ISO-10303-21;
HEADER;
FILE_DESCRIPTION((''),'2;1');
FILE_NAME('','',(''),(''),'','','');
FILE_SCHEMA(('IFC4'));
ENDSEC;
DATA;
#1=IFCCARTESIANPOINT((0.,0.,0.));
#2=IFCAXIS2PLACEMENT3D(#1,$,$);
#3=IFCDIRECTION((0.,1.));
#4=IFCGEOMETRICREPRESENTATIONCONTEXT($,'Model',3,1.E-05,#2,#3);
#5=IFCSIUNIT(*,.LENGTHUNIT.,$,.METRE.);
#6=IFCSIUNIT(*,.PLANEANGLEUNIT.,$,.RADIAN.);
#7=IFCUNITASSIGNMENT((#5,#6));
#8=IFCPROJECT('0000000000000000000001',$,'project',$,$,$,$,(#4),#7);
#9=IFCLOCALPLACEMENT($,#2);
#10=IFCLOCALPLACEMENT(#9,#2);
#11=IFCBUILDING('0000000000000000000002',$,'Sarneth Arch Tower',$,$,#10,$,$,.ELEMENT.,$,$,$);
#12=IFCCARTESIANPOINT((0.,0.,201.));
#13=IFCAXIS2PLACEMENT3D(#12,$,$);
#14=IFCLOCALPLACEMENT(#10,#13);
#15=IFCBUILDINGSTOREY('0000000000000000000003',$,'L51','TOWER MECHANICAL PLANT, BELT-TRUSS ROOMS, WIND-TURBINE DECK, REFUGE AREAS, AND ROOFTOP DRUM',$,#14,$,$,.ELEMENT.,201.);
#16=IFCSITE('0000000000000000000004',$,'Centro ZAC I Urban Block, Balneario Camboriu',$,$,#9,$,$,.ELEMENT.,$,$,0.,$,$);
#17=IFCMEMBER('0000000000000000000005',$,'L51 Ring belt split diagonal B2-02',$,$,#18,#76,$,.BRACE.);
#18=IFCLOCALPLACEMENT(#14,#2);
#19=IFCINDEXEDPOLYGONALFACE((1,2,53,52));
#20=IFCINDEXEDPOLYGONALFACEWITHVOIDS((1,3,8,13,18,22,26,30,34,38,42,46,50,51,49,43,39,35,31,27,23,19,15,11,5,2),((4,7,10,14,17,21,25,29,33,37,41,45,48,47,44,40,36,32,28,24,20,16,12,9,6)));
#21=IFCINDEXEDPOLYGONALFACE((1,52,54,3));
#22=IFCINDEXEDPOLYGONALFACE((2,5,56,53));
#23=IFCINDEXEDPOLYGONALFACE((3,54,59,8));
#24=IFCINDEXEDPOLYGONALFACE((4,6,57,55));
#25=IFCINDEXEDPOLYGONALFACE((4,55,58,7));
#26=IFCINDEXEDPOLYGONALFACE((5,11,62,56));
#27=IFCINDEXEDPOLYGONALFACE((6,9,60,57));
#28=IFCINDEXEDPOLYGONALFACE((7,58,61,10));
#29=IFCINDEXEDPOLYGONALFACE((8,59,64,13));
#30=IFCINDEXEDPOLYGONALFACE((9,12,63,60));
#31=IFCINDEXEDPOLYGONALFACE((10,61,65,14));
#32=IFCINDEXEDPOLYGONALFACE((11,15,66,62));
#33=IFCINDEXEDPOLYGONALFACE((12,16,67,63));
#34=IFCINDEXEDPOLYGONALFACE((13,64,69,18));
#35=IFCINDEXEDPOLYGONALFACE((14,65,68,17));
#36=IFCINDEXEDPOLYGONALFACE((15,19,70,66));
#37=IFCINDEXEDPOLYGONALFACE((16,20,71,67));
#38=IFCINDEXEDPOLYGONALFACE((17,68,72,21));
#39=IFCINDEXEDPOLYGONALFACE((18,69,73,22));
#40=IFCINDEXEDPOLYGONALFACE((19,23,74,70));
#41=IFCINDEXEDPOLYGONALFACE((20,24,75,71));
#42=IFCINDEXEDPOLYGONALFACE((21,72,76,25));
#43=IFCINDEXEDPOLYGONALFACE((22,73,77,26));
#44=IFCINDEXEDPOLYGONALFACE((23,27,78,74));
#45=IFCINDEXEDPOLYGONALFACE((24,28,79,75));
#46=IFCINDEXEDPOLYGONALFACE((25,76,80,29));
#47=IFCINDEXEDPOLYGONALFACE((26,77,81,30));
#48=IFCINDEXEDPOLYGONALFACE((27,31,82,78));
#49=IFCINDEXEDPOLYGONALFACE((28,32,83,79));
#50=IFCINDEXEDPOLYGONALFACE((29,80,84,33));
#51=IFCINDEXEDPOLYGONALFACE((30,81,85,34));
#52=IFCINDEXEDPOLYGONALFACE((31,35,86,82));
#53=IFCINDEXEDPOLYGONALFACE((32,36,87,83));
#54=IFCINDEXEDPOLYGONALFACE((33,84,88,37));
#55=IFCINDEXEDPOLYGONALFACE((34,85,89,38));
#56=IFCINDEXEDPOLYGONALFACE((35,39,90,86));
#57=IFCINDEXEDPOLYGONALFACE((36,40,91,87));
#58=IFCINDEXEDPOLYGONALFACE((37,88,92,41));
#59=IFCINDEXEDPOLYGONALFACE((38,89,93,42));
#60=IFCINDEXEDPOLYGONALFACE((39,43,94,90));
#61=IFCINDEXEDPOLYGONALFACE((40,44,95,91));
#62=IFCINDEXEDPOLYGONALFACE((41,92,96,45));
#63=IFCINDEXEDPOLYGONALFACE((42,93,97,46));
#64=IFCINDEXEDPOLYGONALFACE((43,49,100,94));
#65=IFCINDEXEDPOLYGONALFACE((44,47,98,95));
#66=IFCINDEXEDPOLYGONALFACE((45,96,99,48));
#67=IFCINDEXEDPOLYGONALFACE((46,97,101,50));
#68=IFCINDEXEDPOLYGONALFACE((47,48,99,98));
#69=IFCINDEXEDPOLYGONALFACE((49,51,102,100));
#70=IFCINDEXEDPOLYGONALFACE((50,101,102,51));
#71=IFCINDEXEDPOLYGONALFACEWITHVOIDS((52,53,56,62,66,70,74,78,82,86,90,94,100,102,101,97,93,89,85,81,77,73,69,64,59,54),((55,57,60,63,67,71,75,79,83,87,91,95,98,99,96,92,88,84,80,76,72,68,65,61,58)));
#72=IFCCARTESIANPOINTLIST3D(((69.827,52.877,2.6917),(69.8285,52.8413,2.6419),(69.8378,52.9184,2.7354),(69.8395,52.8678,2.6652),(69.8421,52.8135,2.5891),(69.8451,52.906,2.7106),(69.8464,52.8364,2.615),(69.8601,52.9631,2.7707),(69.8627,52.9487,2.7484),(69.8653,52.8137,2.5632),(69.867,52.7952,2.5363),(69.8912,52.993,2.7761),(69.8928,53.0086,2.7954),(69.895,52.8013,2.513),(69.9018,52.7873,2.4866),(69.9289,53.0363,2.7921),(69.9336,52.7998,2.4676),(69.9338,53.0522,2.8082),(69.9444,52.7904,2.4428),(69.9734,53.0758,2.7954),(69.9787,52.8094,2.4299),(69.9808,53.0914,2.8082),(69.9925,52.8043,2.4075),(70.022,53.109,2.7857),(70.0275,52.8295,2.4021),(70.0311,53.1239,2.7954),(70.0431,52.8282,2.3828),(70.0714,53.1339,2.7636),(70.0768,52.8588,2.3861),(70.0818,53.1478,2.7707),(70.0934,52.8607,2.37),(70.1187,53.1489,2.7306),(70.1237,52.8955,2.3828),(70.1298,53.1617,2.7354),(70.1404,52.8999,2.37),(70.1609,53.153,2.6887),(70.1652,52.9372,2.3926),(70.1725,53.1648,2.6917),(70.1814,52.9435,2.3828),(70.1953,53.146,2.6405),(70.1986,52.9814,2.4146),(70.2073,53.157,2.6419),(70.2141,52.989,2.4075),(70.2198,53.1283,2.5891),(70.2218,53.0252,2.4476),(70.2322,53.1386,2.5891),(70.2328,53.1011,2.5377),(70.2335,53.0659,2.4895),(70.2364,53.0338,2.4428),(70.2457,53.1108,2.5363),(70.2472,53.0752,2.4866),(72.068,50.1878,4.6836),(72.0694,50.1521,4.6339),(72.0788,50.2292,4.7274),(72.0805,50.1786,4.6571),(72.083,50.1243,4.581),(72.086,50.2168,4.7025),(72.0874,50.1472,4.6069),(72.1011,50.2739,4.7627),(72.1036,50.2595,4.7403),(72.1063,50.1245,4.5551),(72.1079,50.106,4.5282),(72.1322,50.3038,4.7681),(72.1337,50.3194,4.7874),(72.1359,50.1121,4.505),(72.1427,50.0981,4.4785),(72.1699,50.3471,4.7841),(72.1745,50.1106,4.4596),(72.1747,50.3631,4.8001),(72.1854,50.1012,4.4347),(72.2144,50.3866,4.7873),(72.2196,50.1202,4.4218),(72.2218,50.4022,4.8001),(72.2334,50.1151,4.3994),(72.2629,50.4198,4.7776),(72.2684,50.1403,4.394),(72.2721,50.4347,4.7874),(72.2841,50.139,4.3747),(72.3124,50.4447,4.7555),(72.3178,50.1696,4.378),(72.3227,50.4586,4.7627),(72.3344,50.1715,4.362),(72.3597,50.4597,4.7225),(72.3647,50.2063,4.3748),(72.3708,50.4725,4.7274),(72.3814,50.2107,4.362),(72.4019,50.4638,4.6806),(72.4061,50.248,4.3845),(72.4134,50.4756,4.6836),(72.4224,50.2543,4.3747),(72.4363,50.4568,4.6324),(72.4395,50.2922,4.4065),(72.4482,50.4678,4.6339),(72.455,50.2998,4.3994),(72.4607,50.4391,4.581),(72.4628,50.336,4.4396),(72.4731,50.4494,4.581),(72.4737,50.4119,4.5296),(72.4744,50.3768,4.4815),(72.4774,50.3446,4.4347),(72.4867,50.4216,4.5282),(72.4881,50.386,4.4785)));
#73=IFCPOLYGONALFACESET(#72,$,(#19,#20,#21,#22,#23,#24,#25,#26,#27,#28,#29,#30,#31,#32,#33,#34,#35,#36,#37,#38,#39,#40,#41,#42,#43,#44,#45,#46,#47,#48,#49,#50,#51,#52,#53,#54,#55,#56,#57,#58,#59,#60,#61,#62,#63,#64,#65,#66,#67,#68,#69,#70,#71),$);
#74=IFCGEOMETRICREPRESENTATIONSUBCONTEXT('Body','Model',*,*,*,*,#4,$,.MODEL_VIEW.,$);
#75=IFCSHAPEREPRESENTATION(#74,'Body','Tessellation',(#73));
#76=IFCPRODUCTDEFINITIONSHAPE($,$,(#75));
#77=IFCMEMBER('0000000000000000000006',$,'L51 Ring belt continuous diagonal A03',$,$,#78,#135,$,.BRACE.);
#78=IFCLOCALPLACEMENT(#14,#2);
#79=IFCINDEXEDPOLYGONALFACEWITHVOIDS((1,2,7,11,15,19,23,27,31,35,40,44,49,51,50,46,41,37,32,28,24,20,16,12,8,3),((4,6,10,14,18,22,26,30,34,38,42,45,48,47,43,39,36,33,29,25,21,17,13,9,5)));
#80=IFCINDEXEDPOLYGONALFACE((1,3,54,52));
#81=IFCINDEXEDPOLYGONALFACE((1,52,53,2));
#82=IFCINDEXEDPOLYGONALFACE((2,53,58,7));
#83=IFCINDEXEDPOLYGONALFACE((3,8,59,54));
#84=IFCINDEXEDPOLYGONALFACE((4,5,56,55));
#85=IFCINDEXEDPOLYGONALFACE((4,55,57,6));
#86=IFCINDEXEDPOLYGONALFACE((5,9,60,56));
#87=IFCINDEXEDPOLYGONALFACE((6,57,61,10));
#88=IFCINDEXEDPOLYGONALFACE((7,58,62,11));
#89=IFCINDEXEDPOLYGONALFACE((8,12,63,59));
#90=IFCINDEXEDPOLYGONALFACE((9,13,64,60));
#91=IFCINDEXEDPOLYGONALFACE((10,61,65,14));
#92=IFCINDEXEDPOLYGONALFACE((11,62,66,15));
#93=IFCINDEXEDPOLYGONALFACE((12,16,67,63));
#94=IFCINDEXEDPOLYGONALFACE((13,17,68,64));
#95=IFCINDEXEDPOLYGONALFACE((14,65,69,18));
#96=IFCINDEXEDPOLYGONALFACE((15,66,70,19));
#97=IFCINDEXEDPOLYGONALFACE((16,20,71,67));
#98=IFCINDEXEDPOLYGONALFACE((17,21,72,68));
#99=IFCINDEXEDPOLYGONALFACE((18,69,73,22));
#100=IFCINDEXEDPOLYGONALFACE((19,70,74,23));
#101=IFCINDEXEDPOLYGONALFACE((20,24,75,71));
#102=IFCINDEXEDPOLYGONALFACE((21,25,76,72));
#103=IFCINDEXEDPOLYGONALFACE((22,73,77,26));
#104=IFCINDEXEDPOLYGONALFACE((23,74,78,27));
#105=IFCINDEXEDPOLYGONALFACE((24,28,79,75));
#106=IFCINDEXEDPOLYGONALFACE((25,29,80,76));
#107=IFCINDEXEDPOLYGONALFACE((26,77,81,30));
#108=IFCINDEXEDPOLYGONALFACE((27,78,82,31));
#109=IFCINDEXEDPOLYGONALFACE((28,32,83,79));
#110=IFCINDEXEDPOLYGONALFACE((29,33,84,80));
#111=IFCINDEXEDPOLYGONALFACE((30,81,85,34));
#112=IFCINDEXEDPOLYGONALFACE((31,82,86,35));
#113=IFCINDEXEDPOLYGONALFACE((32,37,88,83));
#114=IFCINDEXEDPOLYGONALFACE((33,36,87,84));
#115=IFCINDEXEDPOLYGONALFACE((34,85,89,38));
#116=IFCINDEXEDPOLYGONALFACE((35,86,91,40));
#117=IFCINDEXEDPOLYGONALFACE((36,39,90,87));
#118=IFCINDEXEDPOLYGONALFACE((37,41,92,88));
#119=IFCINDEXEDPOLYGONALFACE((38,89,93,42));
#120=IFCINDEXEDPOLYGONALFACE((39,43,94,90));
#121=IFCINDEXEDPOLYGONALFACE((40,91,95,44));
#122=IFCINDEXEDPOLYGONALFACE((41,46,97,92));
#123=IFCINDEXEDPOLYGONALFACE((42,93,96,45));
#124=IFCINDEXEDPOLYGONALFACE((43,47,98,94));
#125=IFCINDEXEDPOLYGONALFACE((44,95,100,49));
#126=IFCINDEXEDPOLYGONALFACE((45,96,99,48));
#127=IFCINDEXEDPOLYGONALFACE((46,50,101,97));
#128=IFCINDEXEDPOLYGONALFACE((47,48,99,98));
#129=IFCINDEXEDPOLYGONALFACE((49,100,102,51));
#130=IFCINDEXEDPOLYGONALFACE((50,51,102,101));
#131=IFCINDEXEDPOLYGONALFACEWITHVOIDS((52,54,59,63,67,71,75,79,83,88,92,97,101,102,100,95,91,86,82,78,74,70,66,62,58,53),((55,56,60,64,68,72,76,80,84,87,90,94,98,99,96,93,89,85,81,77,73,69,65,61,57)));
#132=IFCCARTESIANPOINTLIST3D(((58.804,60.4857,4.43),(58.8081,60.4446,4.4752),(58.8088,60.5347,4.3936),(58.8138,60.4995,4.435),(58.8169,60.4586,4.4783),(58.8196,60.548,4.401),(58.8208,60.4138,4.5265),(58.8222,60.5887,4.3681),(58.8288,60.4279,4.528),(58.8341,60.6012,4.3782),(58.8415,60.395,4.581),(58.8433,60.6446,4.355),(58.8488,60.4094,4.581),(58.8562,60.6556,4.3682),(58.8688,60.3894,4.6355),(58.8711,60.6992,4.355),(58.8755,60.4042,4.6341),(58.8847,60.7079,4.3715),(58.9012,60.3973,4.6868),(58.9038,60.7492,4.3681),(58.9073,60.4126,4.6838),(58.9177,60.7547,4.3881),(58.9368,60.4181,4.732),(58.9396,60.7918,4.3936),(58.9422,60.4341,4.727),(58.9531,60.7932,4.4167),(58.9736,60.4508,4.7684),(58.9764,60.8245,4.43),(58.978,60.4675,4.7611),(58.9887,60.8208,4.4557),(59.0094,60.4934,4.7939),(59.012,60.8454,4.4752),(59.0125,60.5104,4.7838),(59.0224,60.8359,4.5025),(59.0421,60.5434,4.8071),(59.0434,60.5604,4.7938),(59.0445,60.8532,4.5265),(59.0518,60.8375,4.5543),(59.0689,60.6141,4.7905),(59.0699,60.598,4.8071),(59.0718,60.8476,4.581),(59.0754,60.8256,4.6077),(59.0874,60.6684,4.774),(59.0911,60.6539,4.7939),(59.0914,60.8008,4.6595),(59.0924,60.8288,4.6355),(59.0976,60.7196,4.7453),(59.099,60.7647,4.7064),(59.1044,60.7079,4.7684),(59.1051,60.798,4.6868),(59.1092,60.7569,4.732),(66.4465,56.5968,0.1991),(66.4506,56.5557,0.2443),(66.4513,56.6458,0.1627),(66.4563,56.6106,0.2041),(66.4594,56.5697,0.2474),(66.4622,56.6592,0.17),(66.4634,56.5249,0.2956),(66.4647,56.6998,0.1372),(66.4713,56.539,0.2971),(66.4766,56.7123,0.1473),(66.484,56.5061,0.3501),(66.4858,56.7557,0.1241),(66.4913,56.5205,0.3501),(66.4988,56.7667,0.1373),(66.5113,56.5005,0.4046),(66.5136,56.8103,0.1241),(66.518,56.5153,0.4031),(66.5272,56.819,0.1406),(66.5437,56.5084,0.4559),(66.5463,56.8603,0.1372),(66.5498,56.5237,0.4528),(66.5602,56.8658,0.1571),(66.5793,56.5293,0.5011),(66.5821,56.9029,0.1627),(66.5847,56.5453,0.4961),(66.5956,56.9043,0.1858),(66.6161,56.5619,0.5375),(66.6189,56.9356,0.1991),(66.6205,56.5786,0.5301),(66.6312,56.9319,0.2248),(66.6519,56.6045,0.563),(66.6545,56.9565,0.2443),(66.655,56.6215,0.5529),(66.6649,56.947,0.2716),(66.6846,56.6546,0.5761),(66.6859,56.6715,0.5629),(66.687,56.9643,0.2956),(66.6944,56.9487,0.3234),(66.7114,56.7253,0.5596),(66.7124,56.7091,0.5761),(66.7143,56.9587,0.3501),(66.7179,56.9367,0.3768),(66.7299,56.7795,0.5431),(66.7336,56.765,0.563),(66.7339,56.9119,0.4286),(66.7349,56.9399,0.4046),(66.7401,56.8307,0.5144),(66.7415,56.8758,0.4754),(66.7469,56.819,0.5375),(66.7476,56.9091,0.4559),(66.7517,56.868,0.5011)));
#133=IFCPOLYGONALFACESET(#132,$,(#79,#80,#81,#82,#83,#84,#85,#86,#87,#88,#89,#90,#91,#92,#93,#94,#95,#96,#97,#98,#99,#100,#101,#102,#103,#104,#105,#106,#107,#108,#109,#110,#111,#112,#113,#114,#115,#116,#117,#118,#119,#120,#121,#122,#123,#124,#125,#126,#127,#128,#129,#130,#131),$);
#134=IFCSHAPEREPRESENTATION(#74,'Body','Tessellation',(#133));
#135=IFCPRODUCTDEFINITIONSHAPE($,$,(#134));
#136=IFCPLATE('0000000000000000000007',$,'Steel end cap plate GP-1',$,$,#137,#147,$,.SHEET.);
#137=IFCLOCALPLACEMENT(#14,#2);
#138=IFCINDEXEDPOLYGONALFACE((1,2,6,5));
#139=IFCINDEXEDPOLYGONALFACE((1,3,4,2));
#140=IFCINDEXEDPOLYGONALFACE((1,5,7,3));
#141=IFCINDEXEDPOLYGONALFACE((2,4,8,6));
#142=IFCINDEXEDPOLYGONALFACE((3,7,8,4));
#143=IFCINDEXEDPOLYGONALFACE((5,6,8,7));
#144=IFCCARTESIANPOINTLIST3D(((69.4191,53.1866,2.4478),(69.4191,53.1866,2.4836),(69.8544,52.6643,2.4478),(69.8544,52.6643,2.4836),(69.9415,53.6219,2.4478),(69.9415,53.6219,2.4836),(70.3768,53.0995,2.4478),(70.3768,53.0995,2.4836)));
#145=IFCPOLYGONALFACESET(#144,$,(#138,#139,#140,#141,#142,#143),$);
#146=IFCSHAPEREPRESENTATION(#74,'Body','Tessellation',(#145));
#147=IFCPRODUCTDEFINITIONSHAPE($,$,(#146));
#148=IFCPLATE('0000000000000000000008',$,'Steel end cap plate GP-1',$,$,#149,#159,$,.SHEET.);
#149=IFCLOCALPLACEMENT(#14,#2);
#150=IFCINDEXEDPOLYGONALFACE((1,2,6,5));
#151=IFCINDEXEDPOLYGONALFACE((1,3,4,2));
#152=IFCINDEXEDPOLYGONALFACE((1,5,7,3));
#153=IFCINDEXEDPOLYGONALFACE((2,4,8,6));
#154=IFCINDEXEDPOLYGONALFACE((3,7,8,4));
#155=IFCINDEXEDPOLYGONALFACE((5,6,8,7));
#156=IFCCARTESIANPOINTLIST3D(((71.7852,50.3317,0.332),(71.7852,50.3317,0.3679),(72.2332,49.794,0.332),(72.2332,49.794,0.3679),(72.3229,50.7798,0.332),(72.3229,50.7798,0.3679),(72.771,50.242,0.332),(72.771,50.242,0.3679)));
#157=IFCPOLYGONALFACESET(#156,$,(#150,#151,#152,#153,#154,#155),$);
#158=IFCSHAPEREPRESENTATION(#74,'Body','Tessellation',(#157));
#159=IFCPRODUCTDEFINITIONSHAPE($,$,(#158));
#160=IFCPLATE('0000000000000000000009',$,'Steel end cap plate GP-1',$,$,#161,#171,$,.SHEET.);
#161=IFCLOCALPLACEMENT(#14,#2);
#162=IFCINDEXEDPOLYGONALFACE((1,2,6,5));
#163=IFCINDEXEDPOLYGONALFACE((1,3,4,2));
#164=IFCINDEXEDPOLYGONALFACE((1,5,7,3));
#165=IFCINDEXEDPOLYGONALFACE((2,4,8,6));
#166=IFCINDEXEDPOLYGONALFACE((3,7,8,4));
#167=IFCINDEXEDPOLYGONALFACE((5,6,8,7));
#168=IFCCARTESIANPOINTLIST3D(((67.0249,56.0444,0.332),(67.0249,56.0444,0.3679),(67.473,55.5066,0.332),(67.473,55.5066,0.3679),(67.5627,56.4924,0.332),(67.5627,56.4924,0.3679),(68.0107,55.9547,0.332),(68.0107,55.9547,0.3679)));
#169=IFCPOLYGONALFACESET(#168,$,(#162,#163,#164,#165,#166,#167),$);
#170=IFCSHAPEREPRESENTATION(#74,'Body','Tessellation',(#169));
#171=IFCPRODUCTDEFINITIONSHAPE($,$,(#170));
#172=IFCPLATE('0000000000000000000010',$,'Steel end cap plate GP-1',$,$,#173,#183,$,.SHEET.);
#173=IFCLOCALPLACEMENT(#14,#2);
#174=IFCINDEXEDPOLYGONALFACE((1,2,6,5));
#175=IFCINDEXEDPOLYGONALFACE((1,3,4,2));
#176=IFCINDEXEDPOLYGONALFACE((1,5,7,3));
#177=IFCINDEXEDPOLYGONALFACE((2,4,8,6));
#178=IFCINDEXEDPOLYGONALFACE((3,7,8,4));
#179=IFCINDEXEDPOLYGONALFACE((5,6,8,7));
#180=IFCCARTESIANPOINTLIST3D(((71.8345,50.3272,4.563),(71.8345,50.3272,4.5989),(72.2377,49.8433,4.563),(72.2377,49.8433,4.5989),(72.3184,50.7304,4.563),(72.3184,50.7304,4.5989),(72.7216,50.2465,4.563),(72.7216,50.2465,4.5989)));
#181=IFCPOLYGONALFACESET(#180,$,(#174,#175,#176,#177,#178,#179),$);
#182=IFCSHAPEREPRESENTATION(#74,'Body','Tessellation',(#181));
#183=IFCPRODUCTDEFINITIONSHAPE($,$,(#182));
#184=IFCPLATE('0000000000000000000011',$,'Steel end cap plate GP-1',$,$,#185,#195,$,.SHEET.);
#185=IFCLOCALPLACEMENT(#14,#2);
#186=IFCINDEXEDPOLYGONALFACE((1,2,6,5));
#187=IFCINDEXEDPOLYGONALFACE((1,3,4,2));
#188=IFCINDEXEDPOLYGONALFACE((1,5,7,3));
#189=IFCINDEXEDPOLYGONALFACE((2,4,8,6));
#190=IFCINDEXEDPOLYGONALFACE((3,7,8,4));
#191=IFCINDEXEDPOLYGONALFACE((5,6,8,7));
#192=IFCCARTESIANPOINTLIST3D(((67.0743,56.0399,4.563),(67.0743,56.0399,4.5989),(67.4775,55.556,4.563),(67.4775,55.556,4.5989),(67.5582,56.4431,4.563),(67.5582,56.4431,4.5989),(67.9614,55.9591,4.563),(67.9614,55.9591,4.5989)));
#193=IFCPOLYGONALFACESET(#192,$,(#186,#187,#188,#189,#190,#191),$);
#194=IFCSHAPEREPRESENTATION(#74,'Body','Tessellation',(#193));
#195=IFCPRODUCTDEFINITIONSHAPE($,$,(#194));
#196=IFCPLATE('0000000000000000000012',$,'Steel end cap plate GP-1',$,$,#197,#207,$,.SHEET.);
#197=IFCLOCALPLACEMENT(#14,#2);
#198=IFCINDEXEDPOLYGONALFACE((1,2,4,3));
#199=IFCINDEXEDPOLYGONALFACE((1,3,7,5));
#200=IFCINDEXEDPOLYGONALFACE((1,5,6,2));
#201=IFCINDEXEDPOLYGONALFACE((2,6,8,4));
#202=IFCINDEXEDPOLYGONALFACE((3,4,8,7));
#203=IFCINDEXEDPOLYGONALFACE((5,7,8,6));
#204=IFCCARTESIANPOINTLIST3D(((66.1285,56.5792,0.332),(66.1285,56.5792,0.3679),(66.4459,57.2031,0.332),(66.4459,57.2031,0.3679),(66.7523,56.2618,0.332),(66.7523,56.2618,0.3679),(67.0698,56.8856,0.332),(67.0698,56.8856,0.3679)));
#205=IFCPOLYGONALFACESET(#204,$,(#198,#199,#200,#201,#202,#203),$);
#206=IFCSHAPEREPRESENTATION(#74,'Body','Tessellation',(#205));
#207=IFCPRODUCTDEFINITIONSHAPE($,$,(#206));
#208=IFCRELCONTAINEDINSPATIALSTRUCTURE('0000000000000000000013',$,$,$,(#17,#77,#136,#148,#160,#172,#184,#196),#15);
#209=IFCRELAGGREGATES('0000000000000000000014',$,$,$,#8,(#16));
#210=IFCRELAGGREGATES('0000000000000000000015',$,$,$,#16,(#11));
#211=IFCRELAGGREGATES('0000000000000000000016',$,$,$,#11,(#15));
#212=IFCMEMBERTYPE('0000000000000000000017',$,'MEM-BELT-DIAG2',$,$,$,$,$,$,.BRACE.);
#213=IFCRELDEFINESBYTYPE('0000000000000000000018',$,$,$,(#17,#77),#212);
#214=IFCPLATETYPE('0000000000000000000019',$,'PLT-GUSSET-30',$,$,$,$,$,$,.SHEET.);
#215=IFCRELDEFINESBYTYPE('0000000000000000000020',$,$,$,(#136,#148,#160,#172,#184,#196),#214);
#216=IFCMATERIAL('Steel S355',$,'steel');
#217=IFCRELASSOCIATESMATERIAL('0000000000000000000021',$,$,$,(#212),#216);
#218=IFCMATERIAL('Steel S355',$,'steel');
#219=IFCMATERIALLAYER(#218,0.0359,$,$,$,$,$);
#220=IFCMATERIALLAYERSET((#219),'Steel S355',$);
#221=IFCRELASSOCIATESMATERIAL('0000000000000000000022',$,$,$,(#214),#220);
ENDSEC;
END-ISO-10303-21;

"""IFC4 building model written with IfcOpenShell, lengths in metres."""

from ifc_helpers import new_model, si_unit, direction, frame, origin, origin_2d, place, context, subcontext, project, spatial, rectangle, hollow_circle, extrude, material, layer, layer_set, material_profile, profile_set, type_object, element, save


model = new_model("IFC4")

# Units and contexts
model_context = context("Model", 3, precision=1e-05, world=origin(), true_north=direction((0.0, 1.0)))
body_context = subcontext(model_context, "Body", "Model", "MODEL_VIEW")
ifc_project = project(units=[si_unit("LENGTHUNIT", "METRE"), si_unit("PLANEANGLEUNIT", "RADIAN")], contexts=[model_context])

# Site, building, storey
site_placement = place(None, origin())
site = spatial("IfcSite", under=ifc_project, at=site_placement, Name="Centro ZAC I Urban Block, Balneario Camboriu", CompositionType="ELEMENT", RefElevation=0.0)
building_placement = place(site_placement, origin())
building = spatial("IfcBuilding", under=site, at=building_placement, Name="Sarneth Arch Tower", CompositionType="ELEMENT")
storey_placement = place(building_placement, frame((0.0, 0.0, 201.0)))
storey = spatial("IfcBuildingStorey", under=building, at=storey_placement, Name="L51", Description="TOWER MECHANICAL PLANT, BELT-TRUSS ROOMS, WIND-TURBINE DECK, REFUGE AREAS, AND ROOFTOP DRUM", CompositionType="ELEMENT", Elevation=201.0)

# Members
ifc_material_1 = material(Name="Steel S355", Category="steel")
ifc_material_profile_1 = material_profile(ifc_material_1, hollow_circle(Radius=0.2539, WallThickness=0.0161, at=origin_2d()), Name="CHS508x16")
ifc_profile_set_1 = profile_set([ifc_material_profile_1], Name="Steel S355")
member_type_1 = type_object("IfcMemberType", Name="MEM-BELT-DIAG2", PredefinedType="BRACE", material=ifc_profile_set_1)
for number, where, z_axis, x_axis, name in (
    (1, (70.0371, 52.9761, 2.5891), (0.556402, -0.667694, 0.494572), (0.768227, 0.640178, 0.0), "L51 Ring belt split diagonal B2-02"),
):
    element("IfcMember", number, at=place(storey_placement, frame(where, z_axis=z_axis, x_axis=x_axis)), inside=storey, type_object=member_type_1, Name=name, PredefinedType="BRACE", context=body_context, shape_type="SweptSolid", body=[
        extrude(hollow_circle(Radius=0.2539, WallThickness=0.0161, at=origin_2d()), origin(), (0.0, 0.0, 1.0), 4.0276),
    ])
member_1_placement = place(storey_placement, frame((66.5991, 56.7324, 0.3501), z_axis=(-0.799258, 0.406701, 0.442472), x_axis=(-0.453512, -0.89125, 0.0)))
element("IfcMember", 2, at=member_1_placement, inside=storey, type_object=member_type_1, Name="L51 Ring belt continuous diagonal A03", PredefinedType="BRACE", context=body_context, shape_type="SweptSolid", body=[
    extrude(hollow_circle(Radius=0.2539, WallThickness=0.0161, at=origin_2d()), origin(), (0.0, 0.0, 1.0), 9.562),
])

# Plates
ifc_material_2 = material(Name="Steel S355", Category="steel")
ifc_layer_1 = layer(ifc_material_2, 0.0359)
ifc_layer_set_1 = layer_set([ifc_layer_1], Name="Steel S355")
plate_type_1 = type_object("IfcPlateType", Name="PLT-GUSSET-30", PredefinedType="SHEET", material=ifc_layer_set_1)
plate_1_placement = place(storey_placement, frame((69.8979, 53.1431, 2.4478), z_axis=(0.0, 0.0, 1.0), x_axis=(-0.64011, 0.768284, 0.0)))
element("IfcPlate", 3, at=plate_1_placement, inside=storey, type_object=plate_type_1, Name="Steel end cap plate GP-1", PredefinedType="SHEET", context=body_context, shape_type="SweptSolid", body=[
    extrude(rectangle(XDim=0.6799, YDim=0.6799, at=origin_2d()), origin(), (0.0, 0.0, 1.0), 0.0359),
])
for number, where, z_axis, x_axis, name in (
    (4, (72.2781, 50.2869, 0.332), (0.0, 0.0, 1.0), (0.64011, -0.768284, 0.0), "Steel end cap plate GP-1"),
    (5, (67.5178, 55.9995, 0.332), (0.0, 0.0, 1.0), (-0.64011, 0.768284, 0.0), "Steel end cap plate GP-1"),
):
    element("IfcPlate", number, at=place(storey_placement, frame(where, z_axis=z_axis, x_axis=x_axis)), inside=storey, type_object=plate_type_1, Name=name, PredefinedType="SHEET", context=body_context, shape_type="SweptSolid", body=[
        extrude(rectangle(XDim=0.7, YDim=0.7, at=origin_2d()), origin(), (0.0, 0.0, 1.0), 0.0359),
    ])
for number, where, z_axis, x_axis, name in (
    (6, (72.2781, 50.2869, 4.563), (0.0, 0.0, 1.0), (0.64011, -0.768284, 0.0), "Steel end cap plate GP-1"),
    (7, (67.5178, 55.9995, 4.563), (0.0, 0.0, 1.0), (-0.64011, 0.768284, 0.0), "Steel end cap plate GP-1"),
):
    element("IfcPlate", number, at=place(storey_placement, frame(where, z_axis=z_axis, x_axis=x_axis)), inside=storey, type_object=plate_type_1, Name=name, PredefinedType="SHEET", context=body_context, shape_type="SweptSolid", body=[
        extrude(rectangle(XDim=0.6299, YDim=0.6299, at=origin_2d()), origin(), (0.0, 0.0, 1.0), 0.0359),
    ])
plate_2_placement = place(storey_placement, frame((66.5991, 56.7324, 0.332), z_axis=(0.0, 0.0, 1.0), x_axis=(0.891244, -0.453524, 0.0)))
element("IfcPlate", 8, at=plate_2_placement, inside=storey, type_object=plate_type_1, Name="Steel end cap plate GP-1", PredefinedType="SHEET", context=body_context, shape_type="SweptSolid", body=[
    extrude(rectangle(XDim=0.7, YDim=0.7, at=origin_2d()), origin(), (0.0, 0.0, 1.0), 0.0359),
])

save(model, "model.ifc")
